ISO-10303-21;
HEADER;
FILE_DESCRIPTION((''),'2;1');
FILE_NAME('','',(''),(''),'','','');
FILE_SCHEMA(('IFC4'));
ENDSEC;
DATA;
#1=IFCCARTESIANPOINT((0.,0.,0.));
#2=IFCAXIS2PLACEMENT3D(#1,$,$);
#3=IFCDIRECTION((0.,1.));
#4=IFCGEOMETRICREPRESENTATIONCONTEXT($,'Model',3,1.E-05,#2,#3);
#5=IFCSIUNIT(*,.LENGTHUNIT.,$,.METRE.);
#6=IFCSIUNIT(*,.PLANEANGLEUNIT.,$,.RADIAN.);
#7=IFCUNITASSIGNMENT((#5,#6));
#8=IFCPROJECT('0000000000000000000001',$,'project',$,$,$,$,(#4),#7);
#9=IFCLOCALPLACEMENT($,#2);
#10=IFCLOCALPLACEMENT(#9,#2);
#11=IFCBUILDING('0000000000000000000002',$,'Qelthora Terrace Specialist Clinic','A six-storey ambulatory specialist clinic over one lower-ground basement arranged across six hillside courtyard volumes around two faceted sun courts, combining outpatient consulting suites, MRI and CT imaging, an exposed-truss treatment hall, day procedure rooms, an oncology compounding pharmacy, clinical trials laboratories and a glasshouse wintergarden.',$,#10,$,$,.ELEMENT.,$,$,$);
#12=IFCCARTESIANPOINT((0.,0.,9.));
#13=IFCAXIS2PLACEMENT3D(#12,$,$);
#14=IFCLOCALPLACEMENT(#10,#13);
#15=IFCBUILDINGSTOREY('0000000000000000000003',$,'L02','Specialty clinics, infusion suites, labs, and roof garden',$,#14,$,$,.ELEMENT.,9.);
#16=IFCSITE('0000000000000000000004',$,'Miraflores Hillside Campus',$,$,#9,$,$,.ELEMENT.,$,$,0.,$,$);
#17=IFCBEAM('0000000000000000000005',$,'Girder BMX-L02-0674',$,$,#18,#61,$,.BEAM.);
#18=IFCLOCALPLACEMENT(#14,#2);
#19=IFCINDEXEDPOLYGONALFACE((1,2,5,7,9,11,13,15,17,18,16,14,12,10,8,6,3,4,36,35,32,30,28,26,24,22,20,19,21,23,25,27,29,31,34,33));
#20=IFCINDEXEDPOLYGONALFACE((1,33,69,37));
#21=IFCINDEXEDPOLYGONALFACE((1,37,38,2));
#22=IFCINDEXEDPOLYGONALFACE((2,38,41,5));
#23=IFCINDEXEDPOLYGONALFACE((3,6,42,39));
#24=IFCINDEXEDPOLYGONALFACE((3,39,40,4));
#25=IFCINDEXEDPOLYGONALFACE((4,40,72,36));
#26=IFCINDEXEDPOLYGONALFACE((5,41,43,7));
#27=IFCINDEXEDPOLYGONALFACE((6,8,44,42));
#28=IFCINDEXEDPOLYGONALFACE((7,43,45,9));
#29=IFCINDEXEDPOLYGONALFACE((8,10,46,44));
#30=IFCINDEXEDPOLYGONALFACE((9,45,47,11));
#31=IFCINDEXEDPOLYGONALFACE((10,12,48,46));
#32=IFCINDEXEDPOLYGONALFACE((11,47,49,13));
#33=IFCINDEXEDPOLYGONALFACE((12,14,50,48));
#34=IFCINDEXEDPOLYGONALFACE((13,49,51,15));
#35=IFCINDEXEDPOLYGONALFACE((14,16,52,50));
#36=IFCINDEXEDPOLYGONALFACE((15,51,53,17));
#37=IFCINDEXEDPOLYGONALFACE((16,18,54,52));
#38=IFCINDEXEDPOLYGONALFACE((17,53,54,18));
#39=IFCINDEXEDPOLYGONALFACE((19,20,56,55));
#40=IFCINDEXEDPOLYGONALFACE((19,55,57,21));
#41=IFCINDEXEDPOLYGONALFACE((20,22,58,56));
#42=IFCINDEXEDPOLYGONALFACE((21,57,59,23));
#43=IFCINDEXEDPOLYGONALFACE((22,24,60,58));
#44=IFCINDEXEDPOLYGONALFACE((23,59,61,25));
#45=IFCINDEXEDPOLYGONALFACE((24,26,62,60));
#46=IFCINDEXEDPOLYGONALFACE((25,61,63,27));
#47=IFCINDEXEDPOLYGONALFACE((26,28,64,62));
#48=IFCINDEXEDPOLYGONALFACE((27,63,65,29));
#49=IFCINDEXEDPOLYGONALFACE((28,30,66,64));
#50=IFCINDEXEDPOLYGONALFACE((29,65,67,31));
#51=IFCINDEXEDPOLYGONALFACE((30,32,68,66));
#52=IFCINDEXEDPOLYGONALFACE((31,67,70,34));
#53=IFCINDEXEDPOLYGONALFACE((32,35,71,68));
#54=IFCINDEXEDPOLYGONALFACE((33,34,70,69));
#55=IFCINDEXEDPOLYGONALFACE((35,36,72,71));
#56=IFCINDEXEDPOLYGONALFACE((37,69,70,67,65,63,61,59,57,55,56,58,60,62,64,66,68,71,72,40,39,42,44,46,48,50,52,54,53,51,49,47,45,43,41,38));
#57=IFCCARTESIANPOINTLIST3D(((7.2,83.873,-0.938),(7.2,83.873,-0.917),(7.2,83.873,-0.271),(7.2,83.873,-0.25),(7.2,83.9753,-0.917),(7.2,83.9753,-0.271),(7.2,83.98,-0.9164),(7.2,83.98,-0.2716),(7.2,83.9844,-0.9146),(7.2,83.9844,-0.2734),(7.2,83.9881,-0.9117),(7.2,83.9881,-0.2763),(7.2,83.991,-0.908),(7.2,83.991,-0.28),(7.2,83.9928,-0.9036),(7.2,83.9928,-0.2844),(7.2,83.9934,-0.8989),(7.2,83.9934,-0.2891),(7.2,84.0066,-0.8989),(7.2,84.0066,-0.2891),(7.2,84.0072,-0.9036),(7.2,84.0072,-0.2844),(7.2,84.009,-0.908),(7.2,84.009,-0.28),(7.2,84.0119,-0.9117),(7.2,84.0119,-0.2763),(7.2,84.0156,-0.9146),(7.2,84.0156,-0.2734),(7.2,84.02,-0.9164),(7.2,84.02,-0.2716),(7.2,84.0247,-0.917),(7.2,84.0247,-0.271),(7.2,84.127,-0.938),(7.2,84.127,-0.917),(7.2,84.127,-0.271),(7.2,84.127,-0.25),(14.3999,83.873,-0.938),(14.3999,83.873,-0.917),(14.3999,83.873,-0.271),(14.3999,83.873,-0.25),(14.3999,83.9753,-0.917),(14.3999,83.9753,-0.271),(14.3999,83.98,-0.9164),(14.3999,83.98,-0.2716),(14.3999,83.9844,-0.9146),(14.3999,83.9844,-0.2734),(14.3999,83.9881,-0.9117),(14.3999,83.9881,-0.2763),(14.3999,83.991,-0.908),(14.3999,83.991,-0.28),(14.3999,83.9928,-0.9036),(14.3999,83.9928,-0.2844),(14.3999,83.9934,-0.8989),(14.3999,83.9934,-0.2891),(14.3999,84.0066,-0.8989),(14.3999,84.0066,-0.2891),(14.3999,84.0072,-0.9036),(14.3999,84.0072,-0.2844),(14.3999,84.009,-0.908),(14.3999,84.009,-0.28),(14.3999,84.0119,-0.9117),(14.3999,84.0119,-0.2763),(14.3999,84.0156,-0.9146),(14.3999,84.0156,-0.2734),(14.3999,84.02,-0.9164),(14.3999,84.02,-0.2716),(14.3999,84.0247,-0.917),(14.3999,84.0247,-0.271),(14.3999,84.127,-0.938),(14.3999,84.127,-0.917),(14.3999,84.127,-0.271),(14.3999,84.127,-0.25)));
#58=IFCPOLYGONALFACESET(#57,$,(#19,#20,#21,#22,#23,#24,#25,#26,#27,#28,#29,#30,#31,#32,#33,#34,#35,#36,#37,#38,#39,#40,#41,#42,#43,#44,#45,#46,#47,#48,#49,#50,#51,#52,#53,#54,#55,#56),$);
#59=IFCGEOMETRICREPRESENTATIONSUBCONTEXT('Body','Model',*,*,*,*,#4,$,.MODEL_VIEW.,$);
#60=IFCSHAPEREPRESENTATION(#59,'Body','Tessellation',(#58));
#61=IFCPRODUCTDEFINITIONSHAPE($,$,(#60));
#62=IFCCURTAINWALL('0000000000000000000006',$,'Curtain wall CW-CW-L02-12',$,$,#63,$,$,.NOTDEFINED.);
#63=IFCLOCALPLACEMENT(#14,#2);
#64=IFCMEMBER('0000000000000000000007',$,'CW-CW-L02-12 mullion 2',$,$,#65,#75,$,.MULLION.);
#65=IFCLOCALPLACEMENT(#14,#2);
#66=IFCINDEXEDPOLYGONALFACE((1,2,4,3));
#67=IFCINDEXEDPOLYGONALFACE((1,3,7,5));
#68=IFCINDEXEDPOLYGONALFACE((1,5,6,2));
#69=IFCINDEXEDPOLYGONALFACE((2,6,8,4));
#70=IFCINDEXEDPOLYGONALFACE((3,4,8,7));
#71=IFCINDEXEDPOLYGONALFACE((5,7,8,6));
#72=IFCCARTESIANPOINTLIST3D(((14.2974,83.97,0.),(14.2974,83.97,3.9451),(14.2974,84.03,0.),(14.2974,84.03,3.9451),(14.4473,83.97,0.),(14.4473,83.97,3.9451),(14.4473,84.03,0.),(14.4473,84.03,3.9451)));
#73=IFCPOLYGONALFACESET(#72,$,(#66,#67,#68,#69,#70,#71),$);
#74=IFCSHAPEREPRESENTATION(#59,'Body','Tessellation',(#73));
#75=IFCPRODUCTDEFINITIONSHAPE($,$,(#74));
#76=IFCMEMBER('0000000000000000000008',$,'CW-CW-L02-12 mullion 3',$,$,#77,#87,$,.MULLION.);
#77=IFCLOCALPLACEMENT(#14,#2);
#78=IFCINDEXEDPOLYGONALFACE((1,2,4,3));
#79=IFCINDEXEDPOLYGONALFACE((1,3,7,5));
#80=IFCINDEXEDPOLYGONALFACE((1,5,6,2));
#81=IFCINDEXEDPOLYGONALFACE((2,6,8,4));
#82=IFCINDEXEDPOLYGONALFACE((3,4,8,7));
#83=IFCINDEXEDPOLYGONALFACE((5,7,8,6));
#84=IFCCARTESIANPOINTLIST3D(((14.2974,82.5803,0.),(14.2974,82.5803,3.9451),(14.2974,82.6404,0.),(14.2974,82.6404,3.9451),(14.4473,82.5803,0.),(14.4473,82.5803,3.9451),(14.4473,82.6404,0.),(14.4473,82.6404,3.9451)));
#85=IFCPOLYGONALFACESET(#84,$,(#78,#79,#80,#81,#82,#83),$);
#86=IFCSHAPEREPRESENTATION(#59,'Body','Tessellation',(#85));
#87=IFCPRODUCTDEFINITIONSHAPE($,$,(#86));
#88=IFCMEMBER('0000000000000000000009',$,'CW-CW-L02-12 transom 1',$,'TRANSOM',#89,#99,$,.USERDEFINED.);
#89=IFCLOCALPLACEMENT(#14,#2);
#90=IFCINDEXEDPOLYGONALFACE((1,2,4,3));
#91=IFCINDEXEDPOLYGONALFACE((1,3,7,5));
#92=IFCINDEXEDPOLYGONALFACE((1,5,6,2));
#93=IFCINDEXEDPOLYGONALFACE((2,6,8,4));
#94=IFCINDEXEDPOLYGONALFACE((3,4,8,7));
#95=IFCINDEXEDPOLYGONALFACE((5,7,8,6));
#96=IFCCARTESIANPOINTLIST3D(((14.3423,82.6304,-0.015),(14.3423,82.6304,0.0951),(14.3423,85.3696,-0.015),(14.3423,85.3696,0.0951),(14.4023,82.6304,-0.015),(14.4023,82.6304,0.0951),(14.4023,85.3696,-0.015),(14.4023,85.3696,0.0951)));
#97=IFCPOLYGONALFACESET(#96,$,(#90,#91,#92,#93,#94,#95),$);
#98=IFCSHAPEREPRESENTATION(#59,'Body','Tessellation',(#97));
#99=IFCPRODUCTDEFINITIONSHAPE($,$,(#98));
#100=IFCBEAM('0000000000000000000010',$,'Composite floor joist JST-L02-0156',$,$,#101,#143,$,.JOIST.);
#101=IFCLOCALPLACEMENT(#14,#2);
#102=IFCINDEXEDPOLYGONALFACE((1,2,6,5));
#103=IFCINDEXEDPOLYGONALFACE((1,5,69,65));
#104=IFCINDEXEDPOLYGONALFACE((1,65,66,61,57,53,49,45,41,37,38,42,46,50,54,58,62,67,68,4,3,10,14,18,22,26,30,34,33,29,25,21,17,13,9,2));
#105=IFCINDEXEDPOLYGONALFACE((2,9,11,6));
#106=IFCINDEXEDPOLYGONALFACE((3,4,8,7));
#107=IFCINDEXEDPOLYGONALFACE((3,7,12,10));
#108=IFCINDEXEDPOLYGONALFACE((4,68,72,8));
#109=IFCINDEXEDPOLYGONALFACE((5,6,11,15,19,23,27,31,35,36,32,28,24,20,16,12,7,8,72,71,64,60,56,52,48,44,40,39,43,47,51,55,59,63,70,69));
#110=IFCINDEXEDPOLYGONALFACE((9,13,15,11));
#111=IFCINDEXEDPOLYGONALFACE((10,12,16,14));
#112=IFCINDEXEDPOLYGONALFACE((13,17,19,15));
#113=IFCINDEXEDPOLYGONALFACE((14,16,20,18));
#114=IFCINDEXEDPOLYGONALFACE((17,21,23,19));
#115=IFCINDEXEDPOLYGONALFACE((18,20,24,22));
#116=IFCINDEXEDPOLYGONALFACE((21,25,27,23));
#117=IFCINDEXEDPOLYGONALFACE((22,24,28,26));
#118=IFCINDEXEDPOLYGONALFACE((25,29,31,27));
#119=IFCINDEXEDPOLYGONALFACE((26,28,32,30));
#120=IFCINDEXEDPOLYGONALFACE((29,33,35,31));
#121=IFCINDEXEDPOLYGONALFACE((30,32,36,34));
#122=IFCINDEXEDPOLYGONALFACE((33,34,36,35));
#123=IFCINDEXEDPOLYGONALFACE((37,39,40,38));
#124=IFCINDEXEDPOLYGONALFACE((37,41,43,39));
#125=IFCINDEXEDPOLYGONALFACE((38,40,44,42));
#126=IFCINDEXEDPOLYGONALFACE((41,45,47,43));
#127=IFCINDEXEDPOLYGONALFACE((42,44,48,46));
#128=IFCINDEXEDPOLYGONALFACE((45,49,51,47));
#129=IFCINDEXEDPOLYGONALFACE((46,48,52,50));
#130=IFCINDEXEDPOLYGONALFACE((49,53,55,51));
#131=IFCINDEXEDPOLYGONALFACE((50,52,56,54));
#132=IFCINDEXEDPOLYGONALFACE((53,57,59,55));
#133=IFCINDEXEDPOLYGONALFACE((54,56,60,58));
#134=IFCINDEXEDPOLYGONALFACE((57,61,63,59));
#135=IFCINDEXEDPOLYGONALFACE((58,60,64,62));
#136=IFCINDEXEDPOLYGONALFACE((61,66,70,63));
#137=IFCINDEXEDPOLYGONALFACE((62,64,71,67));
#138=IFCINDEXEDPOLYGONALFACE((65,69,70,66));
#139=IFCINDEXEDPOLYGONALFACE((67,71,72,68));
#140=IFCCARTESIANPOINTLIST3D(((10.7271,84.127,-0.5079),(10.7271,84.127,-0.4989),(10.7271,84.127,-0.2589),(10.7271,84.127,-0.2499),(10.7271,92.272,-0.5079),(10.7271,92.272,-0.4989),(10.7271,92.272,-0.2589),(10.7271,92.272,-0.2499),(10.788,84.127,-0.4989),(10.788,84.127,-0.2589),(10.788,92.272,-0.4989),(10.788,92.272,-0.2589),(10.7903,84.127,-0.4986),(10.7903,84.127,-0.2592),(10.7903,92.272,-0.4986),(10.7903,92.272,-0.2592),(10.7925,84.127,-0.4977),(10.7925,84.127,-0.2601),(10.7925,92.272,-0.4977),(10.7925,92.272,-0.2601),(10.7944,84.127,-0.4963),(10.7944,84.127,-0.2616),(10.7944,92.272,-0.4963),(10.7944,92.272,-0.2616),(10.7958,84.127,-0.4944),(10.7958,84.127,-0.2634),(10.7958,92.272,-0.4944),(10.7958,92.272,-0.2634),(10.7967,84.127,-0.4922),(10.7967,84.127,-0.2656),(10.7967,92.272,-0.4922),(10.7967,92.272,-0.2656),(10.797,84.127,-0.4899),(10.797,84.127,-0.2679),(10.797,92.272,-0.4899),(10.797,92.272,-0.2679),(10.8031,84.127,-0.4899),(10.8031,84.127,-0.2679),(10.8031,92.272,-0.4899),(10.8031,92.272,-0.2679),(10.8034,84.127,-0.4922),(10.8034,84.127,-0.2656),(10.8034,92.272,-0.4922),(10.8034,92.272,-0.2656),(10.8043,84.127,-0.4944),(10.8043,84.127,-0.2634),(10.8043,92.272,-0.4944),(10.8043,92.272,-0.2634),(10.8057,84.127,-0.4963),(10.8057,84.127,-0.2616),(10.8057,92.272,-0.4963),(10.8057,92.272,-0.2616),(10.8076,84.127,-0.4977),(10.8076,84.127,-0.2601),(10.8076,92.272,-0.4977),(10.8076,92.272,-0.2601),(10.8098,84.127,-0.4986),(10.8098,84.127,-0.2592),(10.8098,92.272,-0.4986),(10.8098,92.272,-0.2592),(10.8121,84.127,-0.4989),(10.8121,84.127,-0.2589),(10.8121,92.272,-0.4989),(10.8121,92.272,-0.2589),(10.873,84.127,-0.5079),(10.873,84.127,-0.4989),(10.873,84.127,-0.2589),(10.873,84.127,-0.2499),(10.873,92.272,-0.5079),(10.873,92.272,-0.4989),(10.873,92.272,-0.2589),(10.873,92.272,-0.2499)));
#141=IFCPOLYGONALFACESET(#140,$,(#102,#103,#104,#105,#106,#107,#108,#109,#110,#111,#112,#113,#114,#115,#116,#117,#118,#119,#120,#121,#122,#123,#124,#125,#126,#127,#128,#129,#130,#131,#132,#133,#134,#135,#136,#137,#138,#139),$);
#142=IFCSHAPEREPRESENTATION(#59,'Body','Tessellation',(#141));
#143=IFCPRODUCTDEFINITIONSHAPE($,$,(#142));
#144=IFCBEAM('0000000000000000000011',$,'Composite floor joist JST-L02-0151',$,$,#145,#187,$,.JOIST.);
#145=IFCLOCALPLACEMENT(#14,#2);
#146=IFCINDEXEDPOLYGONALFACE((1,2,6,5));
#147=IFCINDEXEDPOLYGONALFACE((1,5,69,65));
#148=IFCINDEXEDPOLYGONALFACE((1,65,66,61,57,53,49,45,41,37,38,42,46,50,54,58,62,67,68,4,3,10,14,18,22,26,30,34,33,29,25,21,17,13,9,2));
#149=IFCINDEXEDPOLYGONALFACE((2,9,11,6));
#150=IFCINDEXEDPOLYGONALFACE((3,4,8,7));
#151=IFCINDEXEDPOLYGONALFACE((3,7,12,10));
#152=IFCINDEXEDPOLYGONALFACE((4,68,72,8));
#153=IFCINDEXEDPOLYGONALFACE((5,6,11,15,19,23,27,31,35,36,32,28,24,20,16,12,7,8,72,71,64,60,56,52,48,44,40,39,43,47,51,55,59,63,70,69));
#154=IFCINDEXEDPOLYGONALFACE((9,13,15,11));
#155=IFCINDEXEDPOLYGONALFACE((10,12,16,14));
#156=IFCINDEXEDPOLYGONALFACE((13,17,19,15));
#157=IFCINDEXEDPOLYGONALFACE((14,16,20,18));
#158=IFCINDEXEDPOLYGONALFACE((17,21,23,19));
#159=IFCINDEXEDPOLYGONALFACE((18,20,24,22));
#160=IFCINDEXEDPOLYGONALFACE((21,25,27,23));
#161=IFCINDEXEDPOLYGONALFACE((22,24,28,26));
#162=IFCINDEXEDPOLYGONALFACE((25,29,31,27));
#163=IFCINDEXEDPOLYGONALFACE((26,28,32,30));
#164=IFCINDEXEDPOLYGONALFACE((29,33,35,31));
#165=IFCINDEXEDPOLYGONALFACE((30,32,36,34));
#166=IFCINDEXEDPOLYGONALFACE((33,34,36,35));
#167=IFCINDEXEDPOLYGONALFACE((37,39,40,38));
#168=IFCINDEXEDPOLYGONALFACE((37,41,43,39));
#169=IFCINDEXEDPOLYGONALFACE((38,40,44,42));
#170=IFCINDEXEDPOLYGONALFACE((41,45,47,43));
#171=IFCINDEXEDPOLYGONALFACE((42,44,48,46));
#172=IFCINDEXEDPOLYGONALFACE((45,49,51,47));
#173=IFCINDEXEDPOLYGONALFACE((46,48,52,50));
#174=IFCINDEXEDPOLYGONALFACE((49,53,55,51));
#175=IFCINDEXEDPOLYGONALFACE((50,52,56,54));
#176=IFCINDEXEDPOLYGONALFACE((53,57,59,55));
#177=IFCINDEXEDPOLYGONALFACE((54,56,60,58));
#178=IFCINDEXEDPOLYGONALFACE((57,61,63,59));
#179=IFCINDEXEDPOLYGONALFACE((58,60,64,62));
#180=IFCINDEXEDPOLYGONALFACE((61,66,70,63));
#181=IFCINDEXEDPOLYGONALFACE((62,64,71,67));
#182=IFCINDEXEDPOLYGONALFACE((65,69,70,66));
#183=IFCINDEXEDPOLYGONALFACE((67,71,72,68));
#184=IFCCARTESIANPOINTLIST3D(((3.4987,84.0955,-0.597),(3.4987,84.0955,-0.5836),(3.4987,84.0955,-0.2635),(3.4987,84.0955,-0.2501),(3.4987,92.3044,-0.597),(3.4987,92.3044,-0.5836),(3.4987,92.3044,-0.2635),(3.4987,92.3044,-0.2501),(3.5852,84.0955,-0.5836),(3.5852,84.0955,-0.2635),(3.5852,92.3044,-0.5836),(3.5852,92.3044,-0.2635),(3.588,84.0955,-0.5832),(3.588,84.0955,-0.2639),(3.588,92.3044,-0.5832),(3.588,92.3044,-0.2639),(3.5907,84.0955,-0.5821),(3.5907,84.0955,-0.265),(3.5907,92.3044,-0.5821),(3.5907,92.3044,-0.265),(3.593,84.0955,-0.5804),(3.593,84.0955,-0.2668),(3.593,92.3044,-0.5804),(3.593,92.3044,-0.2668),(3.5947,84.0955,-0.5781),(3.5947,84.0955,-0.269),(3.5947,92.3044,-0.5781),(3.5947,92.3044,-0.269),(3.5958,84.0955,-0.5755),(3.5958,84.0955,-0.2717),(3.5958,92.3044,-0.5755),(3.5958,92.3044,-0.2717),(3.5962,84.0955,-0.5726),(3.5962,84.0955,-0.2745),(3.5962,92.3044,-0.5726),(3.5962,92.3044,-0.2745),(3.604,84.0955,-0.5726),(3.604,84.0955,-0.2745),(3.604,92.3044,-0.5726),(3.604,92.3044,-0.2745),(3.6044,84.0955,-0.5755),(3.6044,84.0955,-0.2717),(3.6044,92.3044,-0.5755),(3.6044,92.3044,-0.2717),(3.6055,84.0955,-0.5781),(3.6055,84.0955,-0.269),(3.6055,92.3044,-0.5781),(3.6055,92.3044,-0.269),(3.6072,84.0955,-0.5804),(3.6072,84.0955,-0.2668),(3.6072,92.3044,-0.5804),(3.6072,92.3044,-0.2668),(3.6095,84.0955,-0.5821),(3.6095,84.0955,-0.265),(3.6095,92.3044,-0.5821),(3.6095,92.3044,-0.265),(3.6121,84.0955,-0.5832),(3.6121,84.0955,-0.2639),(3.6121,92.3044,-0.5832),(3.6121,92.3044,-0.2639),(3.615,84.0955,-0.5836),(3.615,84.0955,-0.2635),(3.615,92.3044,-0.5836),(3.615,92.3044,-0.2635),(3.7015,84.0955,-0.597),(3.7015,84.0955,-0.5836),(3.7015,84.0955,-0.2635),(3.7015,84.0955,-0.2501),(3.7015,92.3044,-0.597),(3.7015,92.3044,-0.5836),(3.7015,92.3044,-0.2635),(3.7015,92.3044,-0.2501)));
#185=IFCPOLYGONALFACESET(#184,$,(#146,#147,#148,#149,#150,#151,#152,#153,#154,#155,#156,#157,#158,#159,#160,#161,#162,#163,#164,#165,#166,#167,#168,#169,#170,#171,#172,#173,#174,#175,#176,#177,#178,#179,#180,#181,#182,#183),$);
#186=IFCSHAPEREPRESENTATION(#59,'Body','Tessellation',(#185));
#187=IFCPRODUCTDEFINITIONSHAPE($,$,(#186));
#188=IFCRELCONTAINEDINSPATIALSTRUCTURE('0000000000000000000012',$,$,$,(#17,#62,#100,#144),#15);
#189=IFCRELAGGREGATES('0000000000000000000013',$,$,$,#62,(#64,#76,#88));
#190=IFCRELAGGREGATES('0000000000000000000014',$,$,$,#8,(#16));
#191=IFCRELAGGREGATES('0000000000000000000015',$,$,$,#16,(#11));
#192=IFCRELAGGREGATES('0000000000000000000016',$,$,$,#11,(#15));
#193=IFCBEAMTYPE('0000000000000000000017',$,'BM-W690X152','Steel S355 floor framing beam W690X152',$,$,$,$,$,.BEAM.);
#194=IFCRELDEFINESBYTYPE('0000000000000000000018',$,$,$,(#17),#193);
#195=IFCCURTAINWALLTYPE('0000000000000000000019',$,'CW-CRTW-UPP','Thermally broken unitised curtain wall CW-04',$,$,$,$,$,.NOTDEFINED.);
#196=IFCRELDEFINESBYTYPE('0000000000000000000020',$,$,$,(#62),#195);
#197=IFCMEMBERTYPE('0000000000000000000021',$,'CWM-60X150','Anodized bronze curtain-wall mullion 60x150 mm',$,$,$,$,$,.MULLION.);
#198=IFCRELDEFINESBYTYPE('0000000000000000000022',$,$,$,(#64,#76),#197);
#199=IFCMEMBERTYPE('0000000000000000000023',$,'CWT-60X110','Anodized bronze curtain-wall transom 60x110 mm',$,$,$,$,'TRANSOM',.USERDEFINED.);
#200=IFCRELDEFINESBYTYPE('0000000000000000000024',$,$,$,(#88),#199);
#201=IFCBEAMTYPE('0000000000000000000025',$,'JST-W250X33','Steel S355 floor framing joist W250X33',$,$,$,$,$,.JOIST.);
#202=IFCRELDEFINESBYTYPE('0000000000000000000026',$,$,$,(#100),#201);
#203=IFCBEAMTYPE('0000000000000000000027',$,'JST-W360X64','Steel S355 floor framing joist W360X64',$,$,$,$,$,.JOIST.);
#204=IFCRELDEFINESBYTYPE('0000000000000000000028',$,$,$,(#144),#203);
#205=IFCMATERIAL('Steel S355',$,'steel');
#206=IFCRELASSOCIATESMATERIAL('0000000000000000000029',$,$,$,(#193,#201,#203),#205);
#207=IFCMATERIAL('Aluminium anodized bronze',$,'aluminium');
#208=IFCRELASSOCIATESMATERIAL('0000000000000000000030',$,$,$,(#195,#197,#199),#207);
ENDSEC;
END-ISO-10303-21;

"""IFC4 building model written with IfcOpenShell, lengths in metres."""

from ifc_helpers import new_model, si_unit, direction, frame, origin, origin_2d, place, context, subcontext, project, spatial, rectangle, i_section, extrude, material, material_profile, profile_set, type_object, element, aggregate, save


model = new_model("IFC4")

# Units and contexts
model_context = context("Model", 3, precision=1e-05, world=origin(), true_north=direction((0.0, 1.0)))
body_context = subcontext(model_context, "Body", "Model", "MODEL_VIEW")
ifc_project = project(units=[si_unit("LENGTHUNIT", "METRE"), si_unit("PLANEANGLEUNIT", "RADIAN")], contexts=[model_context])

# Site, building, storey
site_placement = place(None, origin())
site = spatial("IfcSite", under=ifc_project, at=site_placement, Name="Miraflores Hillside Campus", CompositionType="ELEMENT", RefElevation=0.0)
building_placement = place(site_placement, origin())
building = spatial("IfcBuilding", under=site, at=building_placement, Name="Qelthora Terrace Specialist Clinic", Description="A six-storey ambulatory specialist clinic over one lower-ground basement arranged across six hillside courtyard volumes around two faceted sun courts, combining outpatient consulting suites, MRI and CT imaging, an exposed-truss treatment hall, day procedure rooms, an oncology compounding pharmacy, clinical trials laboratories and a glasshouse wintergarden.", CompositionType="ELEMENT")
storey_placement = place(building_placement, frame((0.0, 0.0, 9.0)))
storey = spatial("IfcBuildingStorey", under=building, at=storey_placement, Name="L02", Description="Specialty clinics, infusion suites, labs, and roof garden", CompositionType="ELEMENT", Elevation=9.0)

# Shared definitions
ifc_material_1 = material(Name="Steel S355", Category="steel")

# Beam
ifc_material_profile_1 = material_profile(ifc_material_1, i_section(OverallWidth=0.2539, OverallDepth=0.688, WebThickness=0.0132, FlangeThickness=0.021, FilletRadius=0.0181, at=origin_2d()), Name="W690X152")
ifc_profile_set_1 = profile_set([ifc_material_profile_1], Name="Steel S355")
beam_type_1 = type_object("IfcBeamType", Name="BM-W690X152", Description="Steel S355 floor framing beam W690X152", PredefinedType="BEAM", material=ifc_profile_set_1)
beam_1_placement = place(storey_placement, frame((7.2, 84.0, -0.594), z_axis=(1.0, 0.0, 0.0), x_axis=(0.0, 1.0, 0.0)))
element("IfcBeam", 1, at=beam_1_placement, inside=storey, type_object=beam_type_1, Name="Girder BMX-L02-0674", PredefinedType="BEAM", context=body_context, shape_type="SweptSolid", body=[
    extrude(i_section(OverallWidth=0.2539, OverallDepth=0.688, WebThickness=0.0132, FlangeThickness=0.021, FilletRadius=0.0181, at=origin_2d()), origin(), (0.0, 0.0, 1.0), 7.2),
])

# Curtain wall, members
ifc_material_2 = material(Name="Aluminium anodized bronze", Category="aluminium")
curtain_wall_type = type_object("IfcCurtainWallType", Name="CW-CRTW-UPP", Description="Thermally broken unitised curtain wall CW-04", PredefinedType="NOTDEFINED", material=ifc_material_2)
curtain_wall_placement = place(storey_placement, origin())
curtain_wall = element("IfcCurtainWall", 2, at=curtain_wall_placement, inside=storey, type_object=curtain_wall_type, Name="Curtain wall CW-CW-L02-12", PredefinedType="NOTDEFINED")
ifc_material_profile_2 = material_profile(ifc_material_2, rectangle(XDim=0.0601, YDim=0.1499, at=origin_2d()), Name="CWM60X150")
ifc_profile_set_2 = profile_set([ifc_material_profile_2], Name="Aluminium anodized bronze")
member_type_1 = type_object("IfcMemberType", Name="CWM-60X150", Description="Anodized bronze curtain-wall mullion 60x150 mm", PredefinedType="MULLION", material=ifc_profile_set_2)
member_1_placement = place(storey_placement, frame((14.3723, 84.0, 0.0), z_axis=(0.0, 0.0, 1.0), x_axis=(0.0, -1.0, 0.0)))
member_1 = element("IfcMember", 3, at=member_1_placement, type_object=member_type_1, Name="CW-CW-L02-12 mullion 2", PredefinedType="MULLION", context=body_context, shape_type="SweptSolid", body=[
    extrude(rectangle(XDim=0.0601, YDim=0.1499, at=origin_2d()), origin(), (0.0, 0.0, 1.0), 3.9451),
])
member_2_placement = place(storey_placement, frame((14.3723, 82.6104, 0.0), z_axis=(0.0, 0.0, 1.0), x_axis=(0.0, -1.0, 0.0)))
member_2 = element("IfcMember", 4, at=member_2_placement, type_object=member_type_1, Name="CW-CW-L02-12 mullion 3", PredefinedType="MULLION", context=body_context, shape_type="SweptSolid", body=[
    extrude(rectangle(XDim=0.0601, YDim=0.1499, at=origin_2d()), origin(), (0.0, 0.0, 1.0), 3.9451),
])
ifc_material_profile_3 = material_profile(ifc_material_2, rectangle(XDim=0.0601, YDim=0.1101, at=origin_2d()), Name="CWT60X110")
ifc_profile_set_3 = profile_set([ifc_material_profile_3], Name="Aluminium anodized bronze")
member_type_2 = type_object("IfcMemberType", Name="CWT-60X110", Description="Anodized bronze curtain-wall transom 60x110 mm", ElementType="TRANSOM", PredefinedType="USERDEFINED", material=ifc_profile_set_3)
member_3_placement = place(storey_placement, frame((14.3723, 85.3696, 0.04), z_axis=(0.0, -1.0, 0.0), x_axis=(1.0, 0.0, 0.0)))
member_3 = element("IfcMember", 5, at=member_3_placement, type_object=member_type_2, Name="CW-CW-L02-12 transom 1", ObjectType="TRANSOM", PredefinedType="USERDEFINED", context=body_context, shape_type="SweptSolid", body=[
    extrude(rectangle(XDim=0.0601, YDim=0.1101, at=origin_2d()), origin(), (0.0, 0.0, 1.0), 2.7393),
])

# Beams
ifc_material_profile_4 = material_profile(ifc_material_1, i_section(OverallWidth=0.146, OverallDepth=0.2581, WebThickness=0.0061, FlangeThickness=0.009, FilletRadius=0.009, at=origin_2d()), Name="W250X33")
ifc_profile_set_4 = profile_set([ifc_material_profile_4], Name="Steel S355")
beam_type_2 = type_object("IfcBeamType", Name="JST-W250X33", Description="Steel S355 floor framing joist W250X33", PredefinedType="JOIST", material=ifc_profile_set_4)
beam_2_placement = place(storey_placement, frame((10.8, 84.127, -0.3789), z_axis=(0.0, 1.0, 0.0), x_axis=(-1.0, 0.0, 0.0)))
element("IfcBeam", 6, at=beam_2_placement, inside=storey, type_object=beam_type_2, Name="Composite floor joist JST-L02-0156", PredefinedType="JOIST", context=body_context, shape_type="SweptSolid", body=[
    extrude(i_section(OverallWidth=0.146, OverallDepth=0.2581, WebThickness=0.0061, FlangeThickness=0.009, FilletRadius=0.009, at=origin_2d()), origin(), (0.0, 0.0, 1.0), 8.145),
])
ifc_material_profile_5 = material_profile(ifc_material_1, i_section(OverallWidth=0.2029, OverallDepth=0.3469, WebThickness=0.0078, FlangeThickness=0.0134, FilletRadius=0.011, at=origin_2d()), Name="W360X64")
ifc_profile_set_5 = profile_set([ifc_material_profile_5], Name="Steel S355")
beam_type_3 = type_object("IfcBeamType", Name="JST-W360X64", Description="Steel S355 floor framing joist W360X64", PredefinedType="JOIST", material=ifc_profile_set_5)
beam_3_placement = place(storey_placement, frame((3.6001, 84.0955, -0.4236), z_axis=(0.0, 1.0, 0.0), x_axis=(-1.0, 0.0, 0.0)))
element("IfcBeam", 7, at=beam_3_placement, inside=storey, type_object=beam_type_3, Name="Composite floor joist JST-L02-0151", PredefinedType="JOIST", context=body_context, shape_type="SweptSolid", body=[
    extrude(i_section(OverallWidth=0.2029, OverallDepth=0.3469, WebThickness=0.0078, FlangeThickness=0.0134, FilletRadius=0.011, at=origin_2d()), origin(), (0.0, 0.0, 1.0), 8.209),
])

aggregate(curtain_wall, [member_1, member_2, member_3])

save(model, "model.ifc")
